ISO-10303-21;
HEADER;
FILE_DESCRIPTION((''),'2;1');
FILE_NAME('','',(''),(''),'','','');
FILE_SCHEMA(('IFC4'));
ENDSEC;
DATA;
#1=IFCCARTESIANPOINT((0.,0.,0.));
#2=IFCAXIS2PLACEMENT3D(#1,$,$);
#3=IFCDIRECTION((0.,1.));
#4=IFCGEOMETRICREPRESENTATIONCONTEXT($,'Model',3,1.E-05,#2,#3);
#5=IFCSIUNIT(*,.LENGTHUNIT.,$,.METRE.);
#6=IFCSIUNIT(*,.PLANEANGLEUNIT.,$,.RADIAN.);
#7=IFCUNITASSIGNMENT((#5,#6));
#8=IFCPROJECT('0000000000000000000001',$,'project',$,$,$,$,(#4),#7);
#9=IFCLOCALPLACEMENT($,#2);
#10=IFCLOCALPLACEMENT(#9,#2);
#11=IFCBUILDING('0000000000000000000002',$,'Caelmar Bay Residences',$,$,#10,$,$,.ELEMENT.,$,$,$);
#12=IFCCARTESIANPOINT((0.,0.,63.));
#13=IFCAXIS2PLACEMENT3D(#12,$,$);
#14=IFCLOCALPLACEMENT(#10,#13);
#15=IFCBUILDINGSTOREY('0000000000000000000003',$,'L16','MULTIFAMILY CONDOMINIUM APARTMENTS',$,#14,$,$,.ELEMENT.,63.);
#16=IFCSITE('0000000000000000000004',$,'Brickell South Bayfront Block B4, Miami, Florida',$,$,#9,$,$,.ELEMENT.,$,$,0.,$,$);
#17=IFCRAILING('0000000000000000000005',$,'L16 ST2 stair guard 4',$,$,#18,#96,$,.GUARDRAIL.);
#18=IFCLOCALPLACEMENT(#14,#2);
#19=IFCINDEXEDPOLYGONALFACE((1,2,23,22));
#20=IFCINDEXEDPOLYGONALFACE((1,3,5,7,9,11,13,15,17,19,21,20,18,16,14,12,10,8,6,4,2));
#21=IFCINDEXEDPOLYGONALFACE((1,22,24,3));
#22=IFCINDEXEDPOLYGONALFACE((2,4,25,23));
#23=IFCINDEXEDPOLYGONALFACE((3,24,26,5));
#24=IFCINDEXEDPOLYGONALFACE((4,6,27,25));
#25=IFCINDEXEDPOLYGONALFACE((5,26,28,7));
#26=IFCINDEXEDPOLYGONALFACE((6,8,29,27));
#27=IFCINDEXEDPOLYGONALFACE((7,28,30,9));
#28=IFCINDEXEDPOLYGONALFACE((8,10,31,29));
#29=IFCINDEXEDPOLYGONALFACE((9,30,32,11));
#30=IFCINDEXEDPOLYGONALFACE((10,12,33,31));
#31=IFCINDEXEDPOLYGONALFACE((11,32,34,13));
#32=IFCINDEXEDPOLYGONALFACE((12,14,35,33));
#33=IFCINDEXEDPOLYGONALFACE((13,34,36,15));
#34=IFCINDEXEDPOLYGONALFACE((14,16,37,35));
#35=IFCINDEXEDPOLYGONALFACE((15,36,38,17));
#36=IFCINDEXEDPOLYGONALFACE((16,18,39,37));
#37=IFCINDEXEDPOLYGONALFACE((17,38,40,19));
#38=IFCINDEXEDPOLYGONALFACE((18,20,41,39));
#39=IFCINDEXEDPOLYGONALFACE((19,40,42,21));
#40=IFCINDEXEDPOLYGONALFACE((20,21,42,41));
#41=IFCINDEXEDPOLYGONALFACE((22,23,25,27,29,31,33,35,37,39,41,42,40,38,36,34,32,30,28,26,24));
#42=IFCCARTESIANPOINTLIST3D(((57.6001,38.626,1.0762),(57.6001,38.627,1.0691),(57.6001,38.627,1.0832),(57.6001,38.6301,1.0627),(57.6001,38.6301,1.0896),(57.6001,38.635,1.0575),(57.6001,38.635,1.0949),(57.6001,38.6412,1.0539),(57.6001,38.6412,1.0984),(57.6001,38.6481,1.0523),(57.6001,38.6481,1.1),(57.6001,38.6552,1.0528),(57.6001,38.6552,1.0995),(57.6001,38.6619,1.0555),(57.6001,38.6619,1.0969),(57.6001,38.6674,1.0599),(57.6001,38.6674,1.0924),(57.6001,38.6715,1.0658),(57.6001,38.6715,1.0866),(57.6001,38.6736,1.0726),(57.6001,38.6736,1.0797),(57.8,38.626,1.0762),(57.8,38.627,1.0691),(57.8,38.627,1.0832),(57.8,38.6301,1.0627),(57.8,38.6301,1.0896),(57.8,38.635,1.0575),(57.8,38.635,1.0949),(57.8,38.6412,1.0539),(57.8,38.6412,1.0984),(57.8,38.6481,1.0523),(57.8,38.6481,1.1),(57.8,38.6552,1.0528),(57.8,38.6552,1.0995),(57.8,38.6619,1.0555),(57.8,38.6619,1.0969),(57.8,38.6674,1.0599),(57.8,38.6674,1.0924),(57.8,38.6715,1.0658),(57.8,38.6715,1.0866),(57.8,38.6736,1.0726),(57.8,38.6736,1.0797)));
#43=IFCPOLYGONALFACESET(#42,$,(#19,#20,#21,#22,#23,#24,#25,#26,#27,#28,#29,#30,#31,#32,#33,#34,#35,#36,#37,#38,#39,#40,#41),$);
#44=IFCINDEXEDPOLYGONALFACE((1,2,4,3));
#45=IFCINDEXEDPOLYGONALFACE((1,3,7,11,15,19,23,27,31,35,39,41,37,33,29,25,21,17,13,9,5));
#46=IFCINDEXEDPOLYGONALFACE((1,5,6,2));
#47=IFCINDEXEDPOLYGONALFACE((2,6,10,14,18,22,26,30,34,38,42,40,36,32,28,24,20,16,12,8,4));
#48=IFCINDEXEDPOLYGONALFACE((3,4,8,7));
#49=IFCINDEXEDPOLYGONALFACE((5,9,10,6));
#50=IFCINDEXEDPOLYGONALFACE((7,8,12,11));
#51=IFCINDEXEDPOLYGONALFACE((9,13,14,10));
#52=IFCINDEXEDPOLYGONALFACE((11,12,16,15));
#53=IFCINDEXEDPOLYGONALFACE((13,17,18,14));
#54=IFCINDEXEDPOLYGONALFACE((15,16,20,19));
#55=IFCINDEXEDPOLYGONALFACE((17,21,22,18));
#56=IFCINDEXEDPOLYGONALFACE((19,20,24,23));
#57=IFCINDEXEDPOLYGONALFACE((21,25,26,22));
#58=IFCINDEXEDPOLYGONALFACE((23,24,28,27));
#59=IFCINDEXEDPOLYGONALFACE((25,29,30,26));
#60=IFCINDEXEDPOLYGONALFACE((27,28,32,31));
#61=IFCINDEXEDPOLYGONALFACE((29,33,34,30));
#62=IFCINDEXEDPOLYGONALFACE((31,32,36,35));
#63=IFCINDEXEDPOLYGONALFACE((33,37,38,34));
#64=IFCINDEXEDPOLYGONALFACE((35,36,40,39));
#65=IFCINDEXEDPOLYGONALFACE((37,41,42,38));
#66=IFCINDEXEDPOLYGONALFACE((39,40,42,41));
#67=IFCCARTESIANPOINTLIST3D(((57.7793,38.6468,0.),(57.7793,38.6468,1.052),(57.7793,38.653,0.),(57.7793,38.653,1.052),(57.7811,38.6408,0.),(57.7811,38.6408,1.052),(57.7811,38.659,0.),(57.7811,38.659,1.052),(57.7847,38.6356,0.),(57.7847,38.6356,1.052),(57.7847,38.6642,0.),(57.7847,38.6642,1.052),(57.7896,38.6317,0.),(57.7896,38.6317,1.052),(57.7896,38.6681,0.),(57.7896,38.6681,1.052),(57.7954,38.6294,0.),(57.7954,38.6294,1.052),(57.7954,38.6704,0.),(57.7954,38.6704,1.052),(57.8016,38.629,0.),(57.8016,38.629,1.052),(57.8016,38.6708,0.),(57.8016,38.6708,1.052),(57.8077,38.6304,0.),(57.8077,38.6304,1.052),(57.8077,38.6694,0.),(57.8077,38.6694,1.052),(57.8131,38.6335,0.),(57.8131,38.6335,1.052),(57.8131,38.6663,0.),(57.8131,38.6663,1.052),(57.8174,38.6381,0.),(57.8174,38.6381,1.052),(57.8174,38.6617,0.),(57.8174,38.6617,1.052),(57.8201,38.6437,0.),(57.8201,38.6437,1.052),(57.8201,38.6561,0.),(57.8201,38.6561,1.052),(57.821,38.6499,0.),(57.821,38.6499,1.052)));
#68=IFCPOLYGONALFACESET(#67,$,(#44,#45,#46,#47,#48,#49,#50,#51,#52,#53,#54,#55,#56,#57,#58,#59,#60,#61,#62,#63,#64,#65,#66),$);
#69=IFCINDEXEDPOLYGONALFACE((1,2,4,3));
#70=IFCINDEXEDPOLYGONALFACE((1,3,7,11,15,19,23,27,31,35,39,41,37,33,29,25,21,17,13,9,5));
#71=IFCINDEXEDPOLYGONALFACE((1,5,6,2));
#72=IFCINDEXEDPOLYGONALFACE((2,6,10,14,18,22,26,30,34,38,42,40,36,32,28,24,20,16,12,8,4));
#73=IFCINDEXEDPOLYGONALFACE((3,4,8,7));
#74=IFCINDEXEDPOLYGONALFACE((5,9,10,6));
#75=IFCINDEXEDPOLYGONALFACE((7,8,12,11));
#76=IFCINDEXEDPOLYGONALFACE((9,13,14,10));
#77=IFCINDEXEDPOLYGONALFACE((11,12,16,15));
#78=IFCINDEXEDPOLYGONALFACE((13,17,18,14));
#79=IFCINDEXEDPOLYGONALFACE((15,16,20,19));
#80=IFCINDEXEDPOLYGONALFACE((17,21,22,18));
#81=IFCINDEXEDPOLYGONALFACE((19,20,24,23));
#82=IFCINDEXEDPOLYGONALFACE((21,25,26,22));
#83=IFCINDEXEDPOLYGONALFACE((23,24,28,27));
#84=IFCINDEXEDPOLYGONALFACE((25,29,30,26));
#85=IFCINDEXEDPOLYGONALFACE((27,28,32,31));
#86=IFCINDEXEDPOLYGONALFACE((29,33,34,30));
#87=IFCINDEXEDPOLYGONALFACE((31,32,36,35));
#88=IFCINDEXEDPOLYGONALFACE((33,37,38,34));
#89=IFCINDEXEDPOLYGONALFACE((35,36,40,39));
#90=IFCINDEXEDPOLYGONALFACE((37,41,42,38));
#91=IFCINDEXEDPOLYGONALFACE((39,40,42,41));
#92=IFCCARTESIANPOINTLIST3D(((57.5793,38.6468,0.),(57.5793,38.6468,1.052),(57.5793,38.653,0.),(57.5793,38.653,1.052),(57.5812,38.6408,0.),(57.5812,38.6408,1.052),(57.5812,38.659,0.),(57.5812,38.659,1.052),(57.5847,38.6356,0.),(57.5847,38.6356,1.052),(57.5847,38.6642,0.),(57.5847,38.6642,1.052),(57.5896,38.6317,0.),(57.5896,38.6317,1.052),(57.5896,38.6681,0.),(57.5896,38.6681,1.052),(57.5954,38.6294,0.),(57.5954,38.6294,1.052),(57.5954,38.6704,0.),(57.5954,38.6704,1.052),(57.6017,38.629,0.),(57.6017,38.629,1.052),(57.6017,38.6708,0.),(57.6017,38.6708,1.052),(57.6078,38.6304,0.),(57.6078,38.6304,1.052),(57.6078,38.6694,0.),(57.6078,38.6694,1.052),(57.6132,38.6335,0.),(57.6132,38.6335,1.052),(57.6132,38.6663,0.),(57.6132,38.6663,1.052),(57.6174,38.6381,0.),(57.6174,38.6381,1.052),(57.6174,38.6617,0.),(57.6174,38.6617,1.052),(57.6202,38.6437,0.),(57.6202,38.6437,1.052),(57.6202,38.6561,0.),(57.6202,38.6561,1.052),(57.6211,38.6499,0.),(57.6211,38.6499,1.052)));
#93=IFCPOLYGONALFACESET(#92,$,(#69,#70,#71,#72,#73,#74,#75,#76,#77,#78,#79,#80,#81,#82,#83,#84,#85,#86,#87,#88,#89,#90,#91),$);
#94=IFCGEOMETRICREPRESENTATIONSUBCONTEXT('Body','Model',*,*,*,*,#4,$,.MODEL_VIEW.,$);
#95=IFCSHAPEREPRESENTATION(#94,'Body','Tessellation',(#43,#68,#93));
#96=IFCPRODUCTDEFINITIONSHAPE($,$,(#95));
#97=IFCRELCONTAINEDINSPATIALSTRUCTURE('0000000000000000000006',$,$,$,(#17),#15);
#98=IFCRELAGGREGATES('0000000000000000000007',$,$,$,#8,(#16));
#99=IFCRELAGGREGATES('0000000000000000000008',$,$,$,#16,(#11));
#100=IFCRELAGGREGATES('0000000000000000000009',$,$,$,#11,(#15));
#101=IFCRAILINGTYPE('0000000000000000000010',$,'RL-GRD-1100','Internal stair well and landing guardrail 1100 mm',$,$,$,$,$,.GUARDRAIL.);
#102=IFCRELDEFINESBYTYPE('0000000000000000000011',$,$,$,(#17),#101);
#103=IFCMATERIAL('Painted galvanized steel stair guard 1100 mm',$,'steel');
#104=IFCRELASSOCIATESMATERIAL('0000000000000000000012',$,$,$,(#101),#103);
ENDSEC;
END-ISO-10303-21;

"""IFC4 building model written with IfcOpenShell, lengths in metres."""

from ifc_helpers import new_model, si_unit, direction, frame, origin, origin_2d, place, context, subcontext, project, spatial, circle, extrude, material, type_object, element, save


model = new_model("IFC4")

# Units and contexts
model_context = context("Model", 3, precision=1e-05, world=origin(), true_north=direction((0.0, 1.0)))
body_context = subcontext(model_context, "Body", "Model", "MODEL_VIEW")
ifc_project = project(units=[si_unit("LENGTHUNIT", "METRE"), si_unit("PLANEANGLEUNIT", "RADIAN")], contexts=[model_context])

# Site, building, storey
site_placement = place(None, origin())
site = spatial("IfcSite", under=ifc_project, at=site_placement, Name="Brickell South Bayfront Block B4, Miami, Florida", CompositionType="ELEMENT", RefElevation=0.0)
building_placement = place(site_placement, origin())
building = spatial("IfcBuilding", under=site, at=building_placement, Name="Caelmar Bay Residences", CompositionType="ELEMENT")
storey_placement = place(building_placement, frame((0.0, 0.0, 63.0)))
storey = spatial("IfcBuildingStorey", under=building, at=storey_placement, Name="L16", Description="MULTIFAMILY CONDOMINIUM APARTMENTS", CompositionType="ELEMENT", Elevation=63.0)

# Railing
ifc_material_1 = material(Name="Painted galvanized steel stair guard 1100 mm", Category="steel")
railing_type_1 = type_object("IfcRailingType", Name="RL-GRD-1100", Description="Internal stair well and landing guardrail 1100 mm", PredefinedType="GUARDRAIL", material=ifc_material_1)
railing_1_placement = place(storey_placement, frame((57.8, 38.6499, 0.0)))
element("IfcRailing", 1, at=railing_1_placement, inside=storey, type_object=railing_type_1, Name="L16 ST2 stair guard 4", PredefinedType="GUARDRAIL", context=body_context, shape_type="SweptSolid", body=[
    extrude(circle(Radius=0.0239, at=origin_2d()), frame((0.0, 0.0, 1.0762), z_axis=(-1.0, 0.0, 0.0), x_axis=(0.0, -1.0, 0.0)), (0.0, 0.0, 1.0), 0.2),
    extrude(circle(Radius=0.021, at=origin_2d()), origin(), (0.0, 0.0, 1.0), 1.052),
    extrude(circle(Radius=0.021, at=origin_2d()), frame((-0.2, 0.0, 0.0)), (0.0, 0.0, 1.0), 1.052),
])

save(model, "model.ifc")
